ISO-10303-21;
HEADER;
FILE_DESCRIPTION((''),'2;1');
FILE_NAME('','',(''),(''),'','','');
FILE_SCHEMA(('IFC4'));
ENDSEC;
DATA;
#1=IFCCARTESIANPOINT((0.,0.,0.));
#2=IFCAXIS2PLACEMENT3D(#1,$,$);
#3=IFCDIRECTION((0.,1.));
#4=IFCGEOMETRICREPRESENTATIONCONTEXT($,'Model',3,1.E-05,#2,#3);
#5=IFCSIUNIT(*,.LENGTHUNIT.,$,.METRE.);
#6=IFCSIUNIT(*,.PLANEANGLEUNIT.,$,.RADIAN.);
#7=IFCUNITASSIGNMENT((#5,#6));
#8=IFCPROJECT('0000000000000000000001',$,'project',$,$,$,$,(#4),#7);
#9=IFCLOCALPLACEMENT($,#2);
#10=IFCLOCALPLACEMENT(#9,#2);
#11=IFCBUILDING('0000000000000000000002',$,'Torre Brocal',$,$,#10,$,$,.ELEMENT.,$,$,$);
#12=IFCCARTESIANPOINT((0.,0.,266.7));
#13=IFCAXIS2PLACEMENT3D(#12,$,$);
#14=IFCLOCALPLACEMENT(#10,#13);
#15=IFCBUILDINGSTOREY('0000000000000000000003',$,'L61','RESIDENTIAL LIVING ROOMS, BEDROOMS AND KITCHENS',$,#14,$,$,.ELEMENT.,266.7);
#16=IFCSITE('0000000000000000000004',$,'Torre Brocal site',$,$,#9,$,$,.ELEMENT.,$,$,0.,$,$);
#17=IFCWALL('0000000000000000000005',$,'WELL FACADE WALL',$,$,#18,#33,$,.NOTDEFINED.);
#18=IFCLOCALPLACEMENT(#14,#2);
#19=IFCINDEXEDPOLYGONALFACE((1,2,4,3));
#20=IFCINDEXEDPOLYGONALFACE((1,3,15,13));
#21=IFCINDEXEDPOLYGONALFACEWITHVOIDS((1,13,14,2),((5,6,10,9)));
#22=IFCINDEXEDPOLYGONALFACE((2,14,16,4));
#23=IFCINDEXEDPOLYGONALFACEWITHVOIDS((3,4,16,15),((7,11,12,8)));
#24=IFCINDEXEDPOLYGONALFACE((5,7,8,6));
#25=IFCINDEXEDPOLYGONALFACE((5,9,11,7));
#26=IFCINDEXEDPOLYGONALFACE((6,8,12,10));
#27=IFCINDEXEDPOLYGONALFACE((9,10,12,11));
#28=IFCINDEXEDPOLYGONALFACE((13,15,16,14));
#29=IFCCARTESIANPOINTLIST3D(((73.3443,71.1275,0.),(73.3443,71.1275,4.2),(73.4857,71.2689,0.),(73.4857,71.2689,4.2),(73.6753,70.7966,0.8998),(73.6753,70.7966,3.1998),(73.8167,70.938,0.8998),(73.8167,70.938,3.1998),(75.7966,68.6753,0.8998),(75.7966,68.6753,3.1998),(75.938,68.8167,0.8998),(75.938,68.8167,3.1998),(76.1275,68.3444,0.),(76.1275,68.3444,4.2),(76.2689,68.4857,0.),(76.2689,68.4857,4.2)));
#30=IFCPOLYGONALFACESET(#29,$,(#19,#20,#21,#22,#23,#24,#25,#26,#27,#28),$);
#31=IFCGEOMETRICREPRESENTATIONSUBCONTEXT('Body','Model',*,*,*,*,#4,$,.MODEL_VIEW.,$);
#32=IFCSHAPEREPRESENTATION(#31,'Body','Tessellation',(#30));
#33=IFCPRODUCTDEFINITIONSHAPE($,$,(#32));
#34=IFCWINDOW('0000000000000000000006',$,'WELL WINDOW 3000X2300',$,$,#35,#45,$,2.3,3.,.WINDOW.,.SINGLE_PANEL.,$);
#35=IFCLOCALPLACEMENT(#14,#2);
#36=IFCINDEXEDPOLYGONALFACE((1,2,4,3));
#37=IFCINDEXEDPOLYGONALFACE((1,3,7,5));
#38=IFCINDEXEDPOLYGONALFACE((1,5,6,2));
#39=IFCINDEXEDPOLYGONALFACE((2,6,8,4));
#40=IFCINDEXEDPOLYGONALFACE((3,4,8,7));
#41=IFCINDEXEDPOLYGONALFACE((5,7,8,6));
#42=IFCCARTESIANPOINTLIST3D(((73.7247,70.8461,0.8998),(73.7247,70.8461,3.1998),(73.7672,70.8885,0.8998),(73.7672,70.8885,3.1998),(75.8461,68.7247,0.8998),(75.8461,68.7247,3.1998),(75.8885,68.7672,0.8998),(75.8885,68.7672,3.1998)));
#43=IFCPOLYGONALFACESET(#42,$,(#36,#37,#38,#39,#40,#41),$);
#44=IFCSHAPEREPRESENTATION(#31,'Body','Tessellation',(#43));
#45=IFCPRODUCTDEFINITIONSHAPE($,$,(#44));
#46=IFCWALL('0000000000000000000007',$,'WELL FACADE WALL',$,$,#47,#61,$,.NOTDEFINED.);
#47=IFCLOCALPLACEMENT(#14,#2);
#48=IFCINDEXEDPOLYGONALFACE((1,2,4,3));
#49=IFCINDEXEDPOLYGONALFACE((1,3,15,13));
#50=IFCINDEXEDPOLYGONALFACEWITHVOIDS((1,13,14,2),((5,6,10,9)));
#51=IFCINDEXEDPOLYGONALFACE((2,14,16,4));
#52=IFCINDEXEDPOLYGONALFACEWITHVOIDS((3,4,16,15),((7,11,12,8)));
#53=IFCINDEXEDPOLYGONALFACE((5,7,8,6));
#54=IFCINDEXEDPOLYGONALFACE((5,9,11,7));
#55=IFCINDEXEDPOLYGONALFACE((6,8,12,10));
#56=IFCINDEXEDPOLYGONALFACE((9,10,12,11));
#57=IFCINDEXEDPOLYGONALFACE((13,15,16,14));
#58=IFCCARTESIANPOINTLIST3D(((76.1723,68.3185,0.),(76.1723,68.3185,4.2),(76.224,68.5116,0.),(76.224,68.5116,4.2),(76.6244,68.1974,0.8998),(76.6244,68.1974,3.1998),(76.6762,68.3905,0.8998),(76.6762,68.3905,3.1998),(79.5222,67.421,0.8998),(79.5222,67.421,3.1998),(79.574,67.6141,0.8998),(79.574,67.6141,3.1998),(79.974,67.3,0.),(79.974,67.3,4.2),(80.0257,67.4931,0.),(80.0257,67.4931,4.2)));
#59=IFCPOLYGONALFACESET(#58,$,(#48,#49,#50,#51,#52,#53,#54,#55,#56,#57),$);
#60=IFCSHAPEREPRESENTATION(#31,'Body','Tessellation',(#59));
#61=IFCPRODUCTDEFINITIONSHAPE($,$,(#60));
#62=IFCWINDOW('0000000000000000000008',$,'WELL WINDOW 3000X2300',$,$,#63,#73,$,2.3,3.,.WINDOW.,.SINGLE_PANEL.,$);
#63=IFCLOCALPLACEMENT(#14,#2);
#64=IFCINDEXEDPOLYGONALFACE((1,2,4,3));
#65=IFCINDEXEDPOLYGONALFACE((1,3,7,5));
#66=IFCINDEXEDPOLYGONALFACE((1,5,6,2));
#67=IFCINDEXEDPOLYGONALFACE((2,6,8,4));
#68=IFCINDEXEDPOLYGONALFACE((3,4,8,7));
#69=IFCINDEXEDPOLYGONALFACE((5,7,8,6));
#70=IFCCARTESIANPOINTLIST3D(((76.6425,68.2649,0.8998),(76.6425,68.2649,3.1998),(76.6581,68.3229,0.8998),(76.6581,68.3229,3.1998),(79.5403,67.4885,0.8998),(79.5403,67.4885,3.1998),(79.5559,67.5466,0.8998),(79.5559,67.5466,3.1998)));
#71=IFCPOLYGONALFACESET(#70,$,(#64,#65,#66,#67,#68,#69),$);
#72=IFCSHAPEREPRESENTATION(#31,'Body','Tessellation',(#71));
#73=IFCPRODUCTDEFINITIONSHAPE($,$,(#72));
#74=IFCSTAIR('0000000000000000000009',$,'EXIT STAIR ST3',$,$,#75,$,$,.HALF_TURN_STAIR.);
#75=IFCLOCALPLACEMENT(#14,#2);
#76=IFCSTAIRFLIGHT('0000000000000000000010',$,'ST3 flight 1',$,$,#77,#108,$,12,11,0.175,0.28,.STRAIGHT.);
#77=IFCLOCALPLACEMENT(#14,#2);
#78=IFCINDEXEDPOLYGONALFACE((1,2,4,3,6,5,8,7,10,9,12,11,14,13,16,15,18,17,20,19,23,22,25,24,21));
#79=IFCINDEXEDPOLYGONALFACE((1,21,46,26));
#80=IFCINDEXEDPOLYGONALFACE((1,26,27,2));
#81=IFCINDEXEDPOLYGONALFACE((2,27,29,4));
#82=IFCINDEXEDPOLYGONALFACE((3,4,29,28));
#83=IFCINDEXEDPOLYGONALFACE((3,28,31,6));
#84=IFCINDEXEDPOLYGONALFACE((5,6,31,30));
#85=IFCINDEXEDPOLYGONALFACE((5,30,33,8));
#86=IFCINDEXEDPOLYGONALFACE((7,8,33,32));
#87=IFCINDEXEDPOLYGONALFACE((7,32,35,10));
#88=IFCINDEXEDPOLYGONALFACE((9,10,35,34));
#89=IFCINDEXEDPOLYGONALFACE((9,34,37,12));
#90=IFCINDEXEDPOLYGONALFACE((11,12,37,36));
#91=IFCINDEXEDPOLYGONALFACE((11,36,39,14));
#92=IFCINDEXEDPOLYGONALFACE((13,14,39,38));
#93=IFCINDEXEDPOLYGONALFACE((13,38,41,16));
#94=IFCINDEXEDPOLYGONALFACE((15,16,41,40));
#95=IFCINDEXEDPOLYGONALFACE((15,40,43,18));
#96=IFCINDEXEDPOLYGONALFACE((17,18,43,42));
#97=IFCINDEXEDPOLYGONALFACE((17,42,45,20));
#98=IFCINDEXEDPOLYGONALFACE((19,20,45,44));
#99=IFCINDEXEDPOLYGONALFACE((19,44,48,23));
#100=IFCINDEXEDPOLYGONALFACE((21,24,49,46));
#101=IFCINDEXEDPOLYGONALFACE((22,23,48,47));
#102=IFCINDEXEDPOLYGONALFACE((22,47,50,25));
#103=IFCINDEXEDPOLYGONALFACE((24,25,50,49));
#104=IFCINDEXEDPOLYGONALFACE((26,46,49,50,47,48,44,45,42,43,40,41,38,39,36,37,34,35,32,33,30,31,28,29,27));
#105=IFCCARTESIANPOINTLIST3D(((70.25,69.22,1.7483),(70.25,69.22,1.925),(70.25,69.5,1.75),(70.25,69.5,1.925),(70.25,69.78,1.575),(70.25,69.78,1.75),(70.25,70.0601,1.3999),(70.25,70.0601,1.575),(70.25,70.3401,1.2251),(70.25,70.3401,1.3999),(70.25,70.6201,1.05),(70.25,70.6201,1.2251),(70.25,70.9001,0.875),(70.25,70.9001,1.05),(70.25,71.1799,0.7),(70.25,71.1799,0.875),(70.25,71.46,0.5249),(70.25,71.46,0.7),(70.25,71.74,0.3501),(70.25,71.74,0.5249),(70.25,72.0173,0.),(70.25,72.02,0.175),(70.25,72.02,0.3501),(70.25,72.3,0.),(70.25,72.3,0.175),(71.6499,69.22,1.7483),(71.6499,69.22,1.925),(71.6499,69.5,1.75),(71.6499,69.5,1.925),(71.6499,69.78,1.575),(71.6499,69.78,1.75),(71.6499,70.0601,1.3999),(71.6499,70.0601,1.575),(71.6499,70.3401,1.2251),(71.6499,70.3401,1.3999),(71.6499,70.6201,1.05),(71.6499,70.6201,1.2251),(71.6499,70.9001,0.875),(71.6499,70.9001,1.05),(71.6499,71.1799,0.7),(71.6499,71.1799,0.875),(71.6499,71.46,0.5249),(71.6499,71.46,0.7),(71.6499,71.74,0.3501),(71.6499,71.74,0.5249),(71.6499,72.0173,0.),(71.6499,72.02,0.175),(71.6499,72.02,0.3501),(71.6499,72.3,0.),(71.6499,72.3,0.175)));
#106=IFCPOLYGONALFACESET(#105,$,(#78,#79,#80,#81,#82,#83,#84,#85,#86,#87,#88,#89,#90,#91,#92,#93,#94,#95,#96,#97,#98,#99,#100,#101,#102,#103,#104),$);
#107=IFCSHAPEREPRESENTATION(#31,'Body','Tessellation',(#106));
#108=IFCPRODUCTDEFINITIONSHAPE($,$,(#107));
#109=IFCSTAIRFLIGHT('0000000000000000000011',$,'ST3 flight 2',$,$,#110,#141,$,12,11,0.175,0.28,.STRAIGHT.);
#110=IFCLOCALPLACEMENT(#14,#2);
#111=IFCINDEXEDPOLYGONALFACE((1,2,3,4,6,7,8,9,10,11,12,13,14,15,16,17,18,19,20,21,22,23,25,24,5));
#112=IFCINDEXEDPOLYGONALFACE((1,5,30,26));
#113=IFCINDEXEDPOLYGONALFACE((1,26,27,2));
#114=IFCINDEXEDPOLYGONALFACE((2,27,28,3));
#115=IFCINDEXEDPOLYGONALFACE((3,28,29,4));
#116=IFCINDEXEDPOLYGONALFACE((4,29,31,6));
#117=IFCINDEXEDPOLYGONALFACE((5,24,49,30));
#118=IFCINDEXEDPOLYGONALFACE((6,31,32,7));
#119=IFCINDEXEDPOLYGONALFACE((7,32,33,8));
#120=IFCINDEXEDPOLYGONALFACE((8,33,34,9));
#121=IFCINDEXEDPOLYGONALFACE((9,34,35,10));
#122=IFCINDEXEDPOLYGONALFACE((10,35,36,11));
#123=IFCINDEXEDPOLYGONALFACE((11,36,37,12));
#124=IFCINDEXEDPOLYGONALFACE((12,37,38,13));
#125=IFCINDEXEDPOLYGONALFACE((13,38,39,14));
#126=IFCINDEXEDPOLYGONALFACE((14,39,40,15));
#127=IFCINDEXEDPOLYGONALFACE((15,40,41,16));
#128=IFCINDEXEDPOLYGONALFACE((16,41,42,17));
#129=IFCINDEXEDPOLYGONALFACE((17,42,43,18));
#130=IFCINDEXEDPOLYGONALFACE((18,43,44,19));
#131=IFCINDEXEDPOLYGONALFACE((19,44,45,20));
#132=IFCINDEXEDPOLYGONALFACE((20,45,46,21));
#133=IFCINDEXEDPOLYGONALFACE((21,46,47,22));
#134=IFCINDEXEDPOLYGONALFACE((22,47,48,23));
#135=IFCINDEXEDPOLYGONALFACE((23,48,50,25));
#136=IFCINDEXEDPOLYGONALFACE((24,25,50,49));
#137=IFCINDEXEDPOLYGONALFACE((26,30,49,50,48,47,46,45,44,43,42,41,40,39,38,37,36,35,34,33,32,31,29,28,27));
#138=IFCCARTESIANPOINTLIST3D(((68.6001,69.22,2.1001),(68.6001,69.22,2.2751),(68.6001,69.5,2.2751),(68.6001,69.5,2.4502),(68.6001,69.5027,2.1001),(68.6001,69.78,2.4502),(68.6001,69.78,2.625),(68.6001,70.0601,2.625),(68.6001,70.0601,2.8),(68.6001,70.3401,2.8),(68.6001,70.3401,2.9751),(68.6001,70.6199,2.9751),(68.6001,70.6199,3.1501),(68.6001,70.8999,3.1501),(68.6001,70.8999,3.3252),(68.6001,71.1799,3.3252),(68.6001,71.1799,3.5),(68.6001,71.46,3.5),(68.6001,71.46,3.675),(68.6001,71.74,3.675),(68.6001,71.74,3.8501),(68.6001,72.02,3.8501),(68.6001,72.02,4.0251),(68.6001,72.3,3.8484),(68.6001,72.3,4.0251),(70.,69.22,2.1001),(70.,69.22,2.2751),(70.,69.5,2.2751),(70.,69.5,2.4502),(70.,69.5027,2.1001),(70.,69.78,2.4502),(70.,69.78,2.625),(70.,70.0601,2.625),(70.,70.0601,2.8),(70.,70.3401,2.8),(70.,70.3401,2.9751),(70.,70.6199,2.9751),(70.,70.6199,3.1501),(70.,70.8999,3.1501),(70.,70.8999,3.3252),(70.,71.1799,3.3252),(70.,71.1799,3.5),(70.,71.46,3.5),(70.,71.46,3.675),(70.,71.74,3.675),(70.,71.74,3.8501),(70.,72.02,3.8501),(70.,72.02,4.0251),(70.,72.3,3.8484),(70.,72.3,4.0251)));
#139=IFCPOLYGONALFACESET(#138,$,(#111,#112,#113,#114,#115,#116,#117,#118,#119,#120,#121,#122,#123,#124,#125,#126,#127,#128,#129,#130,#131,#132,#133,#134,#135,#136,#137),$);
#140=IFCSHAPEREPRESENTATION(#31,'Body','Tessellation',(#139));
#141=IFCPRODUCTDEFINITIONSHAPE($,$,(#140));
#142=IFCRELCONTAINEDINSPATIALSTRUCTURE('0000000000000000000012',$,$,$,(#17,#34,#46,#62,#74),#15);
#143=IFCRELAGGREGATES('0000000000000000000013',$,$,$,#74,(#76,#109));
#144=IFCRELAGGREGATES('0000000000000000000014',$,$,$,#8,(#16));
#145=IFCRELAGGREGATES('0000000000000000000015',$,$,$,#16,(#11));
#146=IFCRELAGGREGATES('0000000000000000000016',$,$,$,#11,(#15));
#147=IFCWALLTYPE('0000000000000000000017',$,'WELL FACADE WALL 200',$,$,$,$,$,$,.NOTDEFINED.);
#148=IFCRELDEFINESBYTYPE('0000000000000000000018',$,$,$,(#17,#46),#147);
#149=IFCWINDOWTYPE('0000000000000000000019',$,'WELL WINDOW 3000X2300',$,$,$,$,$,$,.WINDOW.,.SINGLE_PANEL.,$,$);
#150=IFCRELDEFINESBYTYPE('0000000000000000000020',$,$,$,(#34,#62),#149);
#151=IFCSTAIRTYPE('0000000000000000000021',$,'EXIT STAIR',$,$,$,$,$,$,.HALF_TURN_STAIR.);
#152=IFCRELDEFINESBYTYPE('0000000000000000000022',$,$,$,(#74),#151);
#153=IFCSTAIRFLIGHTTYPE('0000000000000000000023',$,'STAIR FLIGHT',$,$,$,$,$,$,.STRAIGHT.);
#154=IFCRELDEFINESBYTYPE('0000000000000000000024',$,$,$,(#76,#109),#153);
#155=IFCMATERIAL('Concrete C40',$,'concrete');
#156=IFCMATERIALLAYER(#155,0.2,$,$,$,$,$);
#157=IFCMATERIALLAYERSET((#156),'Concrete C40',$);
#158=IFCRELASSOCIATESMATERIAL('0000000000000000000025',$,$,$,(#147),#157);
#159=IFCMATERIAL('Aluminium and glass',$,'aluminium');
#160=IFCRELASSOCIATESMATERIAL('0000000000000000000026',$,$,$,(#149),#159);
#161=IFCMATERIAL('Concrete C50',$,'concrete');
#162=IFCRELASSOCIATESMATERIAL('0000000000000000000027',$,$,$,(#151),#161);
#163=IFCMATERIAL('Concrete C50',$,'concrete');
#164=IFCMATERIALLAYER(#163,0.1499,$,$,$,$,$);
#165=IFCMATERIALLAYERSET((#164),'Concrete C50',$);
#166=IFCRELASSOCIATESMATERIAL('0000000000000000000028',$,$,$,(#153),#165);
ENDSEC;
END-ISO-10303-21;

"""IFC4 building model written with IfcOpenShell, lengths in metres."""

from ifc_helpers import new_model, si_unit, direction, frame, frame_2d, origin, place, context, subcontext, project, spatial, polyline, rectangle, outline, extrude, material, layer, layer_set, type_object, element, fill, aggregate, save


model = new_model("IFC4")

# Units and contexts
model_context = context("Model", 3, precision=1e-05, world=origin(), true_north=direction((0.0, 1.0)))
body_context = subcontext(model_context, "Body", "Model", "MODEL_VIEW")
ifc_project = project(units=[si_unit("LENGTHUNIT", "METRE"), si_unit("PLANEANGLEUNIT", "RADIAN")], contexts=[model_context])

# Site, building, storey
site_placement = place(None, origin())
site = spatial("IfcSite", under=ifc_project, at=site_placement, Name="Torre Brocal site", CompositionType="ELEMENT", RefElevation=0.0)
building_placement = place(site_placement, origin())
building = spatial("IfcBuilding", under=site, at=building_placement, Name="Torre Brocal", CompositionType="ELEMENT")
storey_placement = place(building_placement, frame((0.0, 0.0, 266.7)))
storey = spatial("IfcBuildingStorey", under=building, at=storey_placement, Name="L61", Description="RESIDENTIAL LIVING ROOMS, BEDROOMS AND KITCHENS", CompositionType="ELEMENT", Elevation=266.7)

# Walls, openings, windows
ifc_material_1 = material(Name="Concrete C40", Category="concrete")
ifc_layer_1 = layer(ifc_material_1, 0.2)
ifc_layer_set_1 = layer_set([ifc_layer_1], Name="Concrete C40")
wall_type_1 = type_object("IfcWallType", Name="WELL FACADE WALL 200", PredefinedType="NOTDEFINED", material=ifc_layer_set_1)
wall_1_placement = place(storey_placement, frame((73.415, 71.1982, 0.0), z_axis=(0.0, 0.0, 1.0), x_axis=(0.707107, -0.707107, 0.0)))
wall_1 = element("IfcWall", 1, at=wall_1_placement, inside=storey, type_object=wall_type_1, Name="WELL FACADE WALL", PredefinedType="NOTDEFINED", context=body_context, shape_type="SweptSolid", body=[
    extrude(rectangle(XDim=3.936, YDim=0.2, at=frame_2d((1.968, 0.0))), origin(), (0.0, 0.0, 1.0), 4.2),
])
opening_1_placement = place(wall_1_placement, frame((0.468, 0.0, 0.8999)))
opening_1 = element("IfcOpeningElement", 2, at=opening_1_placement, cuts=wall_1, PredefinedType="OPENING", context=body_context, shape_type="SweptSolid", body=[
    extrude(rectangle(XDim=3.0, YDim=2.3, at=frame_2d((1.5, 1.1499))), frame((0.0, 0.1099, 0.0), z_axis=(0.0, -1.0, 0.0), x_axis=(1.0, 0.0, 0.0)), (0.0, 0.0, 1.0), 0.22),
])
ifc_material_2 = material(Name="Aluminium and glass", Category="aluminium")
window_type = type_object("IfcWindowType", Name="WELL WINDOW 3000X2300", PartitioningType="SINGLE_PANEL", PredefinedType="WINDOW", material=ifc_material_2)
window_1_placement = place(opening_1_placement, origin())
window_1 = element("IfcWindow", 3, at=window_1_placement, inside=storey, type_object=window_type, Name="WELL WINDOW 3000X2300", OverallHeight=2.3, OverallWidth=3.0, PartitioningType="SINGLE_PANEL", PredefinedType="WINDOW", context=body_context, shape_type="SweptSolid", body=[
    extrude(rectangle(XDim=3.0, YDim=2.3, at=frame_2d((1.5, 1.1499))), frame((0.0, 0.03, 0.0), z_axis=(0.0, -1.0, 0.0), x_axis=(1.0, 0.0, 0.0)), (0.0, 0.0, 1.0), 0.0601),
])
fill(opening_1, window_1)
wall_2_placement = place(storey_placement, frame((76.1982, 68.415, 0.0), z_axis=(0.0, 0.0, 1.0), x_axis=(0.965934, -0.25879, 0.0)))
wall_2 = element("IfcWall", 4, at=wall_2_placement, inside=storey, type_object=wall_type_1, Name="WELL FACADE WALL", PredefinedType="NOTDEFINED", context=body_context, shape_type="SweptSolid", body=[
    extrude(rectangle(XDim=3.9358, YDim=0.2, at=frame_2d((1.9678, 0.0))), origin(), (0.0, 0.0, 1.0), 4.2),
])
opening_2_placement = place(wall_2_placement, frame((0.468, 0.0, 0.8999)))
opening_2 = element("IfcOpeningElement", 5, at=opening_2_placement, cuts=wall_2, PredefinedType="OPENING", context=body_context, shape_type="SweptSolid", body=[
    extrude(rectangle(XDim=3.0, YDim=2.3, at=frame_2d((1.5, 1.1499))), frame((0.0, 0.1099, 0.0), z_axis=(0.0, -1.0, 0.0), x_axis=(1.0, 0.0, 0.0)), (0.0, 0.0, 1.0), 0.22),
])
window_2_placement = place(opening_2_placement, origin())
window_2 = element("IfcWindow", 6, at=window_2_placement, inside=storey, type_object=window_type, Name="WELL WINDOW 3000X2300", OverallHeight=2.3, OverallWidth=3.0, PartitioningType="SINGLE_PANEL", PredefinedType="WINDOW", context=body_context, shape_type="SweptSolid", body=[
    extrude(rectangle(XDim=3.0, YDim=2.3, at=frame_2d((1.5, 1.1499))), frame((0.0, 0.03, 0.0), z_axis=(0.0, -1.0, 0.0), x_axis=(1.0, 0.0, 0.0)), (0.0, 0.0, 1.0), 0.0601),
])
fill(opening_2, window_2)

# Stair, stair flights
ifc_material_3 = material(Name="Concrete C50", Category="concrete")
stair_type = type_object("IfcStairType", Name="EXIT STAIR", PredefinedType="HALF_TURN_STAIR", material=ifc_material_3)
stair_placement = place(storey_placement, origin())
stair = element("IfcStair", 7, at=stair_placement, inside=storey, type_object=stair_type, Name="EXIT STAIR ST3", PredefinedType="HALF_TURN_STAIR")
ifc_material_4 = material(Name="Concrete C50", Category="concrete")
ifc_layer_2 = layer(ifc_material_4, 0.1499)
ifc_layer_set_2 = layer_set([ifc_layer_2], Name="Concrete C50")
stair_flight_type = type_object("IfcStairFlightType", Name="STAIR FLIGHT", PredefinedType="STRAIGHT", material=ifc_layer_set_2)
stair_flight_1_placement = place(storey_placement, frame((70.95, 72.3, 0.0), z_axis=(0.0, 0.0, 1.0), x_axis=(0.0, -1.0, 0.0)))
stair_flight_1 = element("IfcStairFlight", 8, at=stair_flight_1_placement, type_object=stair_flight_type, Name="ST3 flight 1", NumberOfRisers=12, NumberOfTreads=11, PredefinedType="STRAIGHT", RiserHeight=0.175, TreadLength=0.28, context=body_context, shape_type="SweptSolid", body=[
    extrude(outline(polyline([(0.0, 0.0), (0.0, 0.175), (0.28, 0.175), (0.28, 0.3501), (0.5601, 0.3501), (0.5601, 0.5249), (0.8401, 0.5249), (0.8401, 0.7), (1.1201, 0.7), (1.1201, 0.875), (1.3999, 0.875), (1.3999, 1.05), (1.6799, 1.05), (1.6799, 1.2251), (1.96, 1.2251), (1.96, 1.3999), (2.24, 1.3999), (2.24, 1.575), (2.52, 1.575), (2.52, 1.75), (2.8, 1.75), (2.8, 1.925), (3.0801, 1.925), (3.0801, 2.1001), (3.0801, 1.7483), (0.2827, 0.0), (0.0, 0.0)])), frame((0.0, 0.7, 0.0), z_axis=(0.0, -1.0, 0.0), x_axis=(1.0, 0.0, 0.0)), (0.0, 0.0, 1.0), 1.3999),
])
stair_flight_2_placement = place(storey_placement, frame((69.3, 69.22, 2.1001), z_axis=(0.0, 0.0, 1.0), x_axis=(0.0, 1.0, 0.0)))
stair_flight_2 = element("IfcStairFlight", 9, at=stair_flight_2_placement, type_object=stair_flight_type, Name="ST3 flight 2", NumberOfRisers=12, NumberOfTreads=11, PredefinedType="STRAIGHT", RiserHeight=0.175, TreadLength=0.28, context=body_context, shape_type="SweptSolid", body=[
    extrude(outline(polyline([(0.0, 0.0), (0.0, 0.175), (0.28, 0.175), (0.28, 0.3501), (0.5601, 0.3501), (0.5601, 0.5249), (0.8401, 0.5249), (0.8401, 0.7), (1.1201, 0.7), (1.1201, 0.875), (1.3999, 0.875), (1.3999, 1.05), (1.6799, 1.05), (1.6799, 1.2251), (1.96, 1.2251), (1.96, 1.3999), (2.24, 1.3999), (2.24, 1.575), (2.52, 1.575), (2.52, 1.75), (2.8, 1.75), (2.8, 1.925), (3.0801, 1.925), (3.0801, 2.1001), (3.0801, 1.7483), (0.2827, 0.0), (0.0, 0.0)])), frame((0.0, 0.7, 0.0), z_axis=(0.0, -1.0, 0.0), x_axis=(1.0, 0.0, 0.0)), (0.0, 0.0, 1.0), 1.3999),
])
aggregate(stair, [stair_flight_1, stair_flight_2])

save(model, "model.ifc")
